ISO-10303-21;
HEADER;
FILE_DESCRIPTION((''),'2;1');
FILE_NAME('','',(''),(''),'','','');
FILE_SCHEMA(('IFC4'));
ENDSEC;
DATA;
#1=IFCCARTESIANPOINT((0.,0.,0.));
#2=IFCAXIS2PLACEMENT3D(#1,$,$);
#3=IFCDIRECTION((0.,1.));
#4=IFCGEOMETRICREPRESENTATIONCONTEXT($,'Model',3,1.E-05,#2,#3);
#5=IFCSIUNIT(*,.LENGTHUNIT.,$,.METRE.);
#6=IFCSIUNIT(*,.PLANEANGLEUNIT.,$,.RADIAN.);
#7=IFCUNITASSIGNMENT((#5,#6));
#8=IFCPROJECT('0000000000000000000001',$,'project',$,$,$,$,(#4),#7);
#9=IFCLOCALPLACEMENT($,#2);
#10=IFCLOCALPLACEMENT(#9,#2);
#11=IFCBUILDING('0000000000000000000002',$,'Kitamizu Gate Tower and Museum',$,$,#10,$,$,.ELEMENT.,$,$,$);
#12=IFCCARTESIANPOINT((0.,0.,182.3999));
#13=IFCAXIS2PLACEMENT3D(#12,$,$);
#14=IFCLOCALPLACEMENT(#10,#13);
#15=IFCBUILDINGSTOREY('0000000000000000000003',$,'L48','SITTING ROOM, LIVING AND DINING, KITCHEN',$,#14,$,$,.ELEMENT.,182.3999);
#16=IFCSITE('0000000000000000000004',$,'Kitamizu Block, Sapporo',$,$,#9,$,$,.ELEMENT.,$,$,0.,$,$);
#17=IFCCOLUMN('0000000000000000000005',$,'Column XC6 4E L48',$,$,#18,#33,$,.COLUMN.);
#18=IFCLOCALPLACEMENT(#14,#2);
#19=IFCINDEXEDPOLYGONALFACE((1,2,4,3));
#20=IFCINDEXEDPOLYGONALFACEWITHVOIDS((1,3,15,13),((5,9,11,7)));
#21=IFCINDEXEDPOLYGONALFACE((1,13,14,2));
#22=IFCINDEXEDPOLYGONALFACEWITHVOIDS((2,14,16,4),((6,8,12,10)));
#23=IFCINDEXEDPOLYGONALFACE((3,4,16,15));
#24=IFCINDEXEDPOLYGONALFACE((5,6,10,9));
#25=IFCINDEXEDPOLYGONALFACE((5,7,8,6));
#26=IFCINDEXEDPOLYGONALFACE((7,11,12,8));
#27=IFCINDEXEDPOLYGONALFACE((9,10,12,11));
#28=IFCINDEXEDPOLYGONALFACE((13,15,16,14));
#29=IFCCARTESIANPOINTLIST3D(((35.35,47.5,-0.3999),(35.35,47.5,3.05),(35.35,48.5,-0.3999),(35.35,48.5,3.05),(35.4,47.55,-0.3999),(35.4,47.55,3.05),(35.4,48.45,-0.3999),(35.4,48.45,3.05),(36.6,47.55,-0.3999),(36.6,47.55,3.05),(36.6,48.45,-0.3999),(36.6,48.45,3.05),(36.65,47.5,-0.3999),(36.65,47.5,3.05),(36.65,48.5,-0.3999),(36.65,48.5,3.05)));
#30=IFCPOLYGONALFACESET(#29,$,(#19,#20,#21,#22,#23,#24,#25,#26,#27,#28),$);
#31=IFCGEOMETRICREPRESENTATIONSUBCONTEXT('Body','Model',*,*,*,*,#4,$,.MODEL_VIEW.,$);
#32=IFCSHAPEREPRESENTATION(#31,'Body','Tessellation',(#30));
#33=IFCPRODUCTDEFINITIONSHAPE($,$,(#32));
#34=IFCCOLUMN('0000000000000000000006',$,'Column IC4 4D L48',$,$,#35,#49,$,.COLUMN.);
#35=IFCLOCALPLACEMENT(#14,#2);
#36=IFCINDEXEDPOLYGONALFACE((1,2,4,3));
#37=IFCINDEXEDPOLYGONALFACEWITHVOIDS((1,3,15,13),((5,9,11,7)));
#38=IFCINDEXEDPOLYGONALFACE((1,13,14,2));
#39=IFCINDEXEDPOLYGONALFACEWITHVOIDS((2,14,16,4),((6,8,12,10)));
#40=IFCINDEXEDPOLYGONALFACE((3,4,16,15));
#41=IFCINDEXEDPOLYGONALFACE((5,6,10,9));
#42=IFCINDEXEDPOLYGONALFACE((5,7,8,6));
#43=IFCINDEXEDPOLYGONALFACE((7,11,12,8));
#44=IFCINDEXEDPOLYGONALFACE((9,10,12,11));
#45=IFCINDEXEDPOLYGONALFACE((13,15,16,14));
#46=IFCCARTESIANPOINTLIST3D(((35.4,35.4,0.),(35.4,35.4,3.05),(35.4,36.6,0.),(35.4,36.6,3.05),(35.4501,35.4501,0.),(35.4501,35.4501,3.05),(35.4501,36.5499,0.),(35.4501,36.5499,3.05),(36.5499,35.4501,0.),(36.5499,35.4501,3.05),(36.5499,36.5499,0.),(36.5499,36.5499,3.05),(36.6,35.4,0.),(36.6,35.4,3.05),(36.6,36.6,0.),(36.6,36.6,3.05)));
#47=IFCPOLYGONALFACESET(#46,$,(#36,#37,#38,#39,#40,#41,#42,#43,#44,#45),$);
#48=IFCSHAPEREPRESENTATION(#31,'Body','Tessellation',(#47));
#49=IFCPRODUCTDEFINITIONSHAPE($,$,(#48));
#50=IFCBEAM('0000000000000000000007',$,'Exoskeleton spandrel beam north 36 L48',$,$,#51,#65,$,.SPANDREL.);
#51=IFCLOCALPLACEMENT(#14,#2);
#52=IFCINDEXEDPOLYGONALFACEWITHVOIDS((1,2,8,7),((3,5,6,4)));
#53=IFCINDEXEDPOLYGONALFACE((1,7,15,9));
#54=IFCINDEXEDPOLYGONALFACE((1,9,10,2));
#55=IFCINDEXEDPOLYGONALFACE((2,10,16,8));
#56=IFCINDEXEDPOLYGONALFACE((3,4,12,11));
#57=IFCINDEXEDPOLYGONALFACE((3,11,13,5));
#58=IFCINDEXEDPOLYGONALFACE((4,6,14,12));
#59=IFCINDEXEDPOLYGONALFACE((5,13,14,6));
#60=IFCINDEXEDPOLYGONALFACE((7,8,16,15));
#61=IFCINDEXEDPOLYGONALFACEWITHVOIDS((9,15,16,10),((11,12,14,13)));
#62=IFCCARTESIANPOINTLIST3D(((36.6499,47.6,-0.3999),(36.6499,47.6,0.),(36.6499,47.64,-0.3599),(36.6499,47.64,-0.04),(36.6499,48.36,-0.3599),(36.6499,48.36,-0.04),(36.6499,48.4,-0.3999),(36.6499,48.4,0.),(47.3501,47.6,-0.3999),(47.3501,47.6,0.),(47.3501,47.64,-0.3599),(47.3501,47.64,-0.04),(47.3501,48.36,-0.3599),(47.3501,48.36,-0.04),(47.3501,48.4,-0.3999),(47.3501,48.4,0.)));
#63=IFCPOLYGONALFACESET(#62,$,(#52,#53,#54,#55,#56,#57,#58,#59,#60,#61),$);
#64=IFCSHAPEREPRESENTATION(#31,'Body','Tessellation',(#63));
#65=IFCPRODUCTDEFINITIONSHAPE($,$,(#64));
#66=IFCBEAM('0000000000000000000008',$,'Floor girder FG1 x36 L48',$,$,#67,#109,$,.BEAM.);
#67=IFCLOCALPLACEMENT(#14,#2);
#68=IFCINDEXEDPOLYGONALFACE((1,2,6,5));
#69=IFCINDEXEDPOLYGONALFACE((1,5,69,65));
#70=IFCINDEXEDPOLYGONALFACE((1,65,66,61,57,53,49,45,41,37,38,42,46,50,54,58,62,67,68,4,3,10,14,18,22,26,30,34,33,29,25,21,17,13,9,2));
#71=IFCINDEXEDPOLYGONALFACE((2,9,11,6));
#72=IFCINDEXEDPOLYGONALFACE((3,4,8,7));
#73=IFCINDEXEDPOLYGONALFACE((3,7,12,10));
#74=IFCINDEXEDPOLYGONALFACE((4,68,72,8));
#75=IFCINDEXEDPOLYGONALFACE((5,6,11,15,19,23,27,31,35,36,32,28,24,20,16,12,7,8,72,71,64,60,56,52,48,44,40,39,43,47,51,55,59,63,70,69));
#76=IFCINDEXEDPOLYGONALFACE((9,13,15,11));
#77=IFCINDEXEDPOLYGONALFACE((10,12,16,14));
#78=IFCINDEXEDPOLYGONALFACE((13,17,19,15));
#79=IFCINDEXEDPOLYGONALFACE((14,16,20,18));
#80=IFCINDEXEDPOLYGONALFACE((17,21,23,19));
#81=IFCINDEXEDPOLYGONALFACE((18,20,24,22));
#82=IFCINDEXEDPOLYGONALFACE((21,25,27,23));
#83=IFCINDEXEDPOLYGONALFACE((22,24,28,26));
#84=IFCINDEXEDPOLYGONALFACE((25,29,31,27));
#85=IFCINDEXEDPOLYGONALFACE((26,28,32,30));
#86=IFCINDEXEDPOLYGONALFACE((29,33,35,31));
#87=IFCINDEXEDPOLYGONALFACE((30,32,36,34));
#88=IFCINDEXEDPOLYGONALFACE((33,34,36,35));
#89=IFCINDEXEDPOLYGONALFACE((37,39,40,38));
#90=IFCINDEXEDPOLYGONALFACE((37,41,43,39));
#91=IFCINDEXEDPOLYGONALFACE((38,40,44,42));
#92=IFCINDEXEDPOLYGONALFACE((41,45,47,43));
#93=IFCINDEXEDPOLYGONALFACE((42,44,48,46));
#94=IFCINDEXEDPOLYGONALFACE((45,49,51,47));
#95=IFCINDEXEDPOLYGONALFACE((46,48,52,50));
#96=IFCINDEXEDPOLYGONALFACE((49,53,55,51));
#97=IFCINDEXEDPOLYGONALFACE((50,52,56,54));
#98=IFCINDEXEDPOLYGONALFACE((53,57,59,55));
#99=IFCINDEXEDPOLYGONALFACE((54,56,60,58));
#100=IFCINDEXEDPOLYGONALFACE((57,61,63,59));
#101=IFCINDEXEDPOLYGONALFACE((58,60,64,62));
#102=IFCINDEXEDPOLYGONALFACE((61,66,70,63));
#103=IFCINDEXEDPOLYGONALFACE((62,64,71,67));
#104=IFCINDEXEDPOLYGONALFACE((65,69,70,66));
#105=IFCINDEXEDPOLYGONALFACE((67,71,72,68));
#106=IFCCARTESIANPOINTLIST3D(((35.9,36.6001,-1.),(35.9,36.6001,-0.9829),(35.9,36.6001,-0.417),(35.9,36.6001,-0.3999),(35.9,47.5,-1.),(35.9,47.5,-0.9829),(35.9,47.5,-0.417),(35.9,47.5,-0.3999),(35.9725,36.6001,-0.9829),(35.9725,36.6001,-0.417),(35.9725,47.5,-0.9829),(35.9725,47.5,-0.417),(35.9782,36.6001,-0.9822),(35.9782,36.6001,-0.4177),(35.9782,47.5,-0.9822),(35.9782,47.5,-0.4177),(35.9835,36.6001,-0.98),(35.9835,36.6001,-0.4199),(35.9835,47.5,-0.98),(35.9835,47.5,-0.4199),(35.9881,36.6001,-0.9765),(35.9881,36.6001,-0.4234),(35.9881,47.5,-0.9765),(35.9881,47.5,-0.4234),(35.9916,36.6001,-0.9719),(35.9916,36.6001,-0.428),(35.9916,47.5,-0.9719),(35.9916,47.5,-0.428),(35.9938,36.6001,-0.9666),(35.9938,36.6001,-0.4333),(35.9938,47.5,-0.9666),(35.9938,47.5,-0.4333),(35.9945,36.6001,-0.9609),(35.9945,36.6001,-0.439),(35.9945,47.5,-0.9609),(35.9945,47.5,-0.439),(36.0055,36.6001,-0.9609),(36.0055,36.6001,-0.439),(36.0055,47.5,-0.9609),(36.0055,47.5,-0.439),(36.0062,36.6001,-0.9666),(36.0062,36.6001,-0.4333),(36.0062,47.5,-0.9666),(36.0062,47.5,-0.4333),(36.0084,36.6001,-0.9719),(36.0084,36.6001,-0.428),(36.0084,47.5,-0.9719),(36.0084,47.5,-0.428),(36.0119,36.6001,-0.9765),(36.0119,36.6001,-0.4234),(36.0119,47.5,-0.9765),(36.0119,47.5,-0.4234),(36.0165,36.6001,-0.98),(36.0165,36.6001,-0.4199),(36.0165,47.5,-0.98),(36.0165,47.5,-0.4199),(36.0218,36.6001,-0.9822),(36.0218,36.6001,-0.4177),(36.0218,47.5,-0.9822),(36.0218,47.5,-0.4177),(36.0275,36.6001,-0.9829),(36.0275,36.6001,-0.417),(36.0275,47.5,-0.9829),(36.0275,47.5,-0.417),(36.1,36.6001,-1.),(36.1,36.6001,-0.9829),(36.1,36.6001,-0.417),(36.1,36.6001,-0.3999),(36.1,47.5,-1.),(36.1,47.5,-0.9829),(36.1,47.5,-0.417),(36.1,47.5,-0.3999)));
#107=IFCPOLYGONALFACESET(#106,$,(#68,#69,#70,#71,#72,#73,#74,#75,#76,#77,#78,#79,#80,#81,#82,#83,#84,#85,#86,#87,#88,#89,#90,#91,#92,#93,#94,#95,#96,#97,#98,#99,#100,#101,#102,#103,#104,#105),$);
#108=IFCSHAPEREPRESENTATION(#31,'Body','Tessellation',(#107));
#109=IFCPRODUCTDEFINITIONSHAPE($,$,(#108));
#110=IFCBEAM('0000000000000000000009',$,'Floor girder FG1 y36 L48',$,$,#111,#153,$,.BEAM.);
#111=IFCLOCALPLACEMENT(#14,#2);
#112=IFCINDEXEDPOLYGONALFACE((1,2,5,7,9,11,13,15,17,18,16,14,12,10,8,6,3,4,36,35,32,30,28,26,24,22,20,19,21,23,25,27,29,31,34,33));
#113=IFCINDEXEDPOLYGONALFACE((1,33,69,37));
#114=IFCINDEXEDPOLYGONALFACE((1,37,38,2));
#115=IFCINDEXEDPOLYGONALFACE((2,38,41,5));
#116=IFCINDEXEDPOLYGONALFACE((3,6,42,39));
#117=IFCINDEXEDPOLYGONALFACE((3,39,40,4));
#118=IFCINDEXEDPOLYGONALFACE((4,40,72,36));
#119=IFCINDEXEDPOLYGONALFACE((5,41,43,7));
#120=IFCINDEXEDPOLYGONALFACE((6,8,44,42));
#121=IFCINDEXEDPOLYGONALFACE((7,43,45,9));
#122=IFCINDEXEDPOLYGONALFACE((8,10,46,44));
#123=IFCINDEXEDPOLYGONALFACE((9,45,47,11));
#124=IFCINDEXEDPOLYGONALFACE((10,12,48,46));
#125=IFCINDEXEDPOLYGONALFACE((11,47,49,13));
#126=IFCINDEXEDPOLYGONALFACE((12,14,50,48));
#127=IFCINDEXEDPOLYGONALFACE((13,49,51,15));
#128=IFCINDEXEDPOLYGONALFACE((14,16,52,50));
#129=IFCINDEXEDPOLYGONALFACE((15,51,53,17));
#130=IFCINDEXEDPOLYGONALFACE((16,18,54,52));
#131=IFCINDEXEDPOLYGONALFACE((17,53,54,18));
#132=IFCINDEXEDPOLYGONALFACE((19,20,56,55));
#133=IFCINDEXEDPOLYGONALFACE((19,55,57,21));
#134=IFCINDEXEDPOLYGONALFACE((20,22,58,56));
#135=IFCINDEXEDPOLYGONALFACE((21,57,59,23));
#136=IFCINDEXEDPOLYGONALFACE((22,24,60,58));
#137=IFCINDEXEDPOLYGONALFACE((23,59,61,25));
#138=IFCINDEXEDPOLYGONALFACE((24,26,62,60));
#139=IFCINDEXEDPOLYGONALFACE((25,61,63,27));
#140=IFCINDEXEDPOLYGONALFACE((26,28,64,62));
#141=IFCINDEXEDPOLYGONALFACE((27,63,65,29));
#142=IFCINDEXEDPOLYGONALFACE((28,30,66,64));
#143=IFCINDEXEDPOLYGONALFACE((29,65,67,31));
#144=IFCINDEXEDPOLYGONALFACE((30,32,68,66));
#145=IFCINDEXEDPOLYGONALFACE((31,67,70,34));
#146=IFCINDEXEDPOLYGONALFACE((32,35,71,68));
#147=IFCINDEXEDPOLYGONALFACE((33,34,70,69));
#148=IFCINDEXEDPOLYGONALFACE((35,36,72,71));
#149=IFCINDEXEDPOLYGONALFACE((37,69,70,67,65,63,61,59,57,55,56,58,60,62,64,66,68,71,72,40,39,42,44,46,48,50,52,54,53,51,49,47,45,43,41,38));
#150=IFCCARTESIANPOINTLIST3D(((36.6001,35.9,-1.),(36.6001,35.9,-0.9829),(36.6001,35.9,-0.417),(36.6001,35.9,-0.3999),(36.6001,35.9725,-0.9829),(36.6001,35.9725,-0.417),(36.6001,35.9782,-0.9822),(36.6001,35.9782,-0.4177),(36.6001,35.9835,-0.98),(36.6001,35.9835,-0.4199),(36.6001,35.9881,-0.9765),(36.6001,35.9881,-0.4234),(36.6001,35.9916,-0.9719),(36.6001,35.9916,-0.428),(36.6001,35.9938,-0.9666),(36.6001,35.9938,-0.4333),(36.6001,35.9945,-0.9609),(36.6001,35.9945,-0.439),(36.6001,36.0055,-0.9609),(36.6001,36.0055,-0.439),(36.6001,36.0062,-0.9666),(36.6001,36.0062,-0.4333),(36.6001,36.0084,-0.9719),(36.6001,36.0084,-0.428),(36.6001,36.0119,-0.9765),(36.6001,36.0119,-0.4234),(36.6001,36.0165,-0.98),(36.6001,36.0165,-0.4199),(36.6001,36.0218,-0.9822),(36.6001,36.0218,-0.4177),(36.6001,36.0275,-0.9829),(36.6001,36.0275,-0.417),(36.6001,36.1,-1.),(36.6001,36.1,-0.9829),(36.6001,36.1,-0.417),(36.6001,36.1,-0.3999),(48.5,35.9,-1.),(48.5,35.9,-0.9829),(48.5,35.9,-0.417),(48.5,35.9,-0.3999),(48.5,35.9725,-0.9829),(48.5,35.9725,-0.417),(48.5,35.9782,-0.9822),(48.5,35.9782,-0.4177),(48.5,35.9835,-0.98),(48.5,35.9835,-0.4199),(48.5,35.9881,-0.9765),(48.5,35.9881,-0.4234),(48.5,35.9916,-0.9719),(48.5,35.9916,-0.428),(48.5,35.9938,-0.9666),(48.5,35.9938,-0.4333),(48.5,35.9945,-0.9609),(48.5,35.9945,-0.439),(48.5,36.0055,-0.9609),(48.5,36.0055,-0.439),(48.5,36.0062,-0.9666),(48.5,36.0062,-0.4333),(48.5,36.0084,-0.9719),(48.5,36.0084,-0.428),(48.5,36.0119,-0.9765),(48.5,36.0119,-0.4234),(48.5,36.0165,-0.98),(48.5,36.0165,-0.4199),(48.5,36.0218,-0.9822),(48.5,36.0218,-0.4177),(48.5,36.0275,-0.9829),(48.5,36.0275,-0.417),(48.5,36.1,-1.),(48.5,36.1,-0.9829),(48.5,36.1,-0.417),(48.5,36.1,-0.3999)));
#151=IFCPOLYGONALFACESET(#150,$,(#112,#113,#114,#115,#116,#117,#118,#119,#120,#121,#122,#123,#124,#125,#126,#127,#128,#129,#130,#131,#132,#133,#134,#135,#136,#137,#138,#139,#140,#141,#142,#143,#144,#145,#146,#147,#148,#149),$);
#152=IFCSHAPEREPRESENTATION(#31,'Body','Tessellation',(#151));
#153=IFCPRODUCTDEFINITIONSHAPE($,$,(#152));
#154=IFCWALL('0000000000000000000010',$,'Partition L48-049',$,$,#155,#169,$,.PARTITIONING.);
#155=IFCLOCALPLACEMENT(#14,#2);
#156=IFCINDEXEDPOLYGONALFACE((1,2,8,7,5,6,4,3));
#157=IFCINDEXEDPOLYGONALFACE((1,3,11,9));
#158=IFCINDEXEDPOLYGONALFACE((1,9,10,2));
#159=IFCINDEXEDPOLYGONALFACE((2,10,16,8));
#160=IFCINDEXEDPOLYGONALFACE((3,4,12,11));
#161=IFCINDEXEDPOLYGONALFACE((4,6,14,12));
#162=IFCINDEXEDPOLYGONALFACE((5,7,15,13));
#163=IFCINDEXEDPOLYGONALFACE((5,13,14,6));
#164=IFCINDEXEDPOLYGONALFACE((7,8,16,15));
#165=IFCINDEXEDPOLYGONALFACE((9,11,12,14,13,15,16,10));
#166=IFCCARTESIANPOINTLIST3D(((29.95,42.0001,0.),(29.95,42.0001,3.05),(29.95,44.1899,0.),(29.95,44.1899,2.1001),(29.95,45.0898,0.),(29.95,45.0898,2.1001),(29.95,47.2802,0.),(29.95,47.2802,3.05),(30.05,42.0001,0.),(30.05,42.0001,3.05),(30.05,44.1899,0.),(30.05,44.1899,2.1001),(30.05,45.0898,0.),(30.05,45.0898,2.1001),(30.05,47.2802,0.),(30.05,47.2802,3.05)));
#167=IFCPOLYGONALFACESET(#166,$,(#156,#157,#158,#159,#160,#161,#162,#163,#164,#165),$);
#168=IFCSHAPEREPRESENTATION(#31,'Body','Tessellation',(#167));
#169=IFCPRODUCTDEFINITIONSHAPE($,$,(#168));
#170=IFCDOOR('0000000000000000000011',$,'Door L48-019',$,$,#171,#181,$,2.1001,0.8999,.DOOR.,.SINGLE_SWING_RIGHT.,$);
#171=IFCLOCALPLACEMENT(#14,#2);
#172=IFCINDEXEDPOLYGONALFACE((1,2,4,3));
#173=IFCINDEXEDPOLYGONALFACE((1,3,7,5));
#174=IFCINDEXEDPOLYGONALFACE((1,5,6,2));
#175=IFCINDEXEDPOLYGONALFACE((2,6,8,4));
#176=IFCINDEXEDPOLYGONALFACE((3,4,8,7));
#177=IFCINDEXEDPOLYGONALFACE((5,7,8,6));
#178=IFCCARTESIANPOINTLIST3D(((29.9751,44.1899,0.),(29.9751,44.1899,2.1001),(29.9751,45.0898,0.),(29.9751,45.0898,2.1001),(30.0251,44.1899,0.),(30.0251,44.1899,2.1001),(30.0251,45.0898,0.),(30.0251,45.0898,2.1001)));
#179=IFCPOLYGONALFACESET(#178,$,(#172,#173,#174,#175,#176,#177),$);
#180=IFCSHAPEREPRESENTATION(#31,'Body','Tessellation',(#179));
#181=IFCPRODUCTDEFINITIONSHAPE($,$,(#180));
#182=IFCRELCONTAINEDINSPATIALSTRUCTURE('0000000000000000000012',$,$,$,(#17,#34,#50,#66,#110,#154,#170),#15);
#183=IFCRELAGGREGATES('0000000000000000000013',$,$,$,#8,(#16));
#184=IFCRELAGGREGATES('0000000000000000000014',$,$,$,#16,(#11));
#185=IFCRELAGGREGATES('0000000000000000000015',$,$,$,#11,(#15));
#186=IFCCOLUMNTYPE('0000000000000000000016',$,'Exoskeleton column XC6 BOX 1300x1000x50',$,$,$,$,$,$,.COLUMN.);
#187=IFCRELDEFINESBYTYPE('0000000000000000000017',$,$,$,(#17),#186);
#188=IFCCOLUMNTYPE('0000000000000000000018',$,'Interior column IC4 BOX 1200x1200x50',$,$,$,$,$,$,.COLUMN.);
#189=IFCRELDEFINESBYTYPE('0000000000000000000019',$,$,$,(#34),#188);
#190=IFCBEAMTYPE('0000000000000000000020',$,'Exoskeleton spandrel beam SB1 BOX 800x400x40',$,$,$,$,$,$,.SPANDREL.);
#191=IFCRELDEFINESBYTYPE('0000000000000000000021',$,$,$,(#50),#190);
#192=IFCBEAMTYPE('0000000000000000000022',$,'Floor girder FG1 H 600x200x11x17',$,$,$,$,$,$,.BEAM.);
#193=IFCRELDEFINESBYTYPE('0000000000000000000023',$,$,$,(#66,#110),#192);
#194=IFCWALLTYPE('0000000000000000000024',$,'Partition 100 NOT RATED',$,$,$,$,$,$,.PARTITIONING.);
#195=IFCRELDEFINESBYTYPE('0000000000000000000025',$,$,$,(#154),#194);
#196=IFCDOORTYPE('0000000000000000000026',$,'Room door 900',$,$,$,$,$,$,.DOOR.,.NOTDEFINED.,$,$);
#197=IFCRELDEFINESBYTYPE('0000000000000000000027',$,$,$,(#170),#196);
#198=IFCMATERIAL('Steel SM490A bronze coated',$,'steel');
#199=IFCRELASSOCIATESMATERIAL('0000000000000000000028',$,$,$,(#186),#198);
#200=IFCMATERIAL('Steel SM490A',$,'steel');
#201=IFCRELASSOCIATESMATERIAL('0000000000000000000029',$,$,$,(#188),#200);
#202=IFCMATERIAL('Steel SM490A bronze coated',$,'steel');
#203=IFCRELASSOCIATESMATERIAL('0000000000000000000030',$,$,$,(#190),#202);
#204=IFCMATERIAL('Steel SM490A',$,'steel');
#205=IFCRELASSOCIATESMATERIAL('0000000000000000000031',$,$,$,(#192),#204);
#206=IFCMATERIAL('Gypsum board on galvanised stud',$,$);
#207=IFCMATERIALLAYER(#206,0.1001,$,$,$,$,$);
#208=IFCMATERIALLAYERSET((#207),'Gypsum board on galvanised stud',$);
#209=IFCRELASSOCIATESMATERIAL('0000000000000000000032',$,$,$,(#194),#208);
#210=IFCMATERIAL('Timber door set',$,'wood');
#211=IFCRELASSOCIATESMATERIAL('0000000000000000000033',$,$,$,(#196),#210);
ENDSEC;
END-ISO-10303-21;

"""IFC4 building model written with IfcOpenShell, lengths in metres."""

from ifc_helpers import new_model, si_unit, direction, frame, frame_2d, origin, origin_2d, place, context, subcontext, project, spatial, rectangle, hollow_rectangle, i_section, extrude, material, layer, layer_set, material_profile, profile_set, type_object, element, fill, save


model = new_model("IFC4")

# Units and contexts
model_context = context("Model", 3, precision=1e-05, world=origin(), true_north=direction((0.0, 1.0)))
body_context = subcontext(model_context, "Body", "Model", "MODEL_VIEW")
ifc_project = project(units=[si_unit("LENGTHUNIT", "METRE"), si_unit("PLANEANGLEUNIT", "RADIAN")], contexts=[model_context])

# Site, building, storey
site_placement = place(None, origin())
site = spatial("IfcSite", under=ifc_project, at=site_placement, Name="Kitamizu Block, Sapporo", CompositionType="ELEMENT", RefElevation=0.0)
building_placement = place(site_placement, origin())
building = spatial("IfcBuilding", under=site, at=building_placement, Name="Kitamizu Gate Tower and Museum", CompositionType="ELEMENT")
storey_placement = place(building_placement, frame((0.0, 0.0, 182.3999)))
storey = spatial("IfcBuildingStorey", under=building, at=storey_placement, Name="L48", Description="SITTING ROOM, LIVING AND DINING, KITCHEN", CompositionType="ELEMENT", Elevation=182.3999)

# Columns
ifc_material_1 = material(Name="Steel SM490A bronze coated", Category="steel")
ifc_material_profile_1 = material_profile(ifc_material_1, hollow_rectangle(XDim=1.3, YDim=1.0, WallThickness=0.05, at=origin_2d()), Name="BOX 1300x1000x50")
ifc_profile_set_1 = profile_set([ifc_material_profile_1], Name="Steel SM490A bronze coated")
column_type_1 = type_object("IfcColumnType", Name="Exoskeleton column XC6 BOX 1300x1000x50", PredefinedType="COLUMN", material=ifc_profile_set_1)
column_1_placement = place(storey_placement, frame((36.0, 48.0, -0.3999), z_axis=(0.0, 0.0, 1.0), x_axis=(1.0, 0.0, 0.0)))
element("IfcColumn", 1, at=column_1_placement, inside=storey, type_object=column_type_1, Name="Column XC6 4E L48", PredefinedType="COLUMN", context=body_context, shape_type="SweptSolid", body=[
    extrude(hollow_rectangle(XDim=1.3, YDim=1.0, WallThickness=0.05, at=origin_2d()), origin(), (0.0, 0.0, 1.0), 3.45),
])
ifc_material_2 = material(Name="Steel SM490A", Category="steel")
ifc_material_profile_2 = material_profile(ifc_material_2, hollow_rectangle(XDim=1.2, YDim=1.2, WallThickness=0.05, at=origin_2d()), Name="BOX 1200x1200x50")
ifc_profile_set_2 = profile_set([ifc_material_profile_2], Name="Steel SM490A")
column_type_2 = type_object("IfcColumnType", Name="Interior column IC4 BOX 1200x1200x50", PredefinedType="COLUMN", material=ifc_profile_set_2)
column_2_placement = place(storey_placement, frame((36.0, 36.0, 0.0), z_axis=(0.0, 0.0, 1.0), x_axis=(1.0, 0.0, 0.0)))
element("IfcColumn", 2, at=column_2_placement, inside=storey, type_object=column_type_2, Name="Column IC4 4D L48", PredefinedType="COLUMN", context=body_context, shape_type="SweptSolid", body=[
    extrude(hollow_rectangle(XDim=1.2, YDim=1.2, WallThickness=0.05, at=origin_2d()), origin(), (0.0, 0.0, 1.0), 3.05),
])

# Beams
ifc_material_3 = material(Name="Steel SM490A bronze coated", Category="steel")
ifc_material_profile_3 = material_profile(ifc_material_3, hollow_rectangle(XDim=0.8, YDim=0.3999, WallThickness=0.04, at=origin_2d()), Name="BOX 800x400x40")
ifc_profile_set_3 = profile_set([ifc_material_profile_3], Name="Steel SM490A bronze coated")
beam_type_1 = type_object("IfcBeamType", Name="Exoskeleton spandrel beam SB1 BOX 800x400x40", PredefinedType="SPANDREL", material=ifc_profile_set_3)
beam_1_placement = place(storey_placement, frame((36.6499, 48.0, -0.2), z_axis=(1.0, 0.0, 0.0), x_axis=(0.0, 1.0, 0.0)))
element("IfcBeam", 3, at=beam_1_placement, inside=storey, type_object=beam_type_1, Name="Exoskeleton spandrel beam north 36 L48", PredefinedType="SPANDREL", context=body_context, shape_type="SweptSolid", body=[
    extrude(hollow_rectangle(XDim=0.8, YDim=0.3999, WallThickness=0.04, at=origin_2d()), origin(), (0.0, 0.0, 1.0), 10.7002),
])
ifc_material_4 = material(Name="Steel SM490A", Category="steel")
ifc_material_profile_4 = material_profile(ifc_material_4, i_section(OverallWidth=0.2, OverallDepth=0.6001, WebThickness=0.011, FlangeThickness=0.0171, FilletRadius=0.022, at=origin_2d()), Name="H-600x200x11x17")
ifc_profile_set_4 = profile_set([ifc_material_profile_4], Name="Steel SM490A")
beam_type_2 = type_object("IfcBeamType", Name="Floor girder FG1 H 600x200x11x17", PredefinedType="BEAM", material=ifc_profile_set_4)
beam_2_placement = place(storey_placement, frame((36.0, 36.6001, -0.7), z_axis=(0.0, 1.0, 0.0), x_axis=(-1.0, 0.0, 0.0)))
element("IfcBeam", 4, at=beam_2_placement, inside=storey, type_object=beam_type_2, Name="Floor girder FG1 x36 L48", PredefinedType="BEAM", context=body_context, shape_type="SweptSolid", body=[
    extrude(i_section(OverallWidth=0.2, OverallDepth=0.6001, WebThickness=0.011, FlangeThickness=0.0171, FilletRadius=0.022, at=origin_2d()), origin(), (0.0, 0.0, 1.0), 10.8999),
])
beam_3_placement = place(storey_placement, frame((36.6001, 36.0, -0.7), z_axis=(1.0, 0.0, 0.0), x_axis=(0.0, 1.0, 0.0)))
element("IfcBeam", 5, at=beam_3_placement, inside=storey, type_object=beam_type_2, Name="Floor girder FG1 y36 L48", PredefinedType="BEAM", context=body_context, shape_type="SweptSolid", body=[
    extrude(i_section(OverallWidth=0.2, OverallDepth=0.6001, WebThickness=0.011, FlangeThickness=0.0171, FilletRadius=0.022, at=origin_2d()), origin(), (0.0, 0.0, 1.0), 11.8999),
])

# Wall, opening, door
ifc_material_5 = material(Name="Gypsum board on galvanised stud")
ifc_layer_1 = layer(ifc_material_5, 0.1001)
ifc_layer_set_1 = layer_set([ifc_layer_1], Name="Gypsum board on galvanised stud")
wall_type_1 = type_object("IfcWallType", Name="Partition 100 NOT RATED", PredefinedType="PARTITIONING", material=ifc_layer_set_1)
wall_1_placement = place(storey_placement, frame((30.0, 42.0, 0.0), z_axis=(0.0, 0.0, 1.0), x_axis=(0.0, 1.0, 0.0)))
wall_1 = element("IfcWall", 6, at=wall_1_placement, inside=storey, type_object=wall_type_1, Name="Partition L48-049", PredefinedType="PARTITIONING", context=body_context, shape_type="SweptSolid", body=[
    extrude(rectangle(XDim=5.28, YDim=0.1001, at=frame_2d((2.6401, 0.0))), origin(), (0.0, 0.0, 1.0), 3.05),
])
opening_1_placement = place(wall_1_placement, frame((2.1899, 0.0, 0.0)))
opening_1 = element("IfcOpeningElement", 7, at=opening_1_placement, cuts=wall_1, PredefinedType="OPENING", context=body_context, shape_type="SweptSolid", body=[
    extrude(rectangle(XDim=0.8999, YDim=2.1001, at=frame_2d((0.45, 1.05))), frame((0.0, 0.0601, 0.0), z_axis=(0.0, -1.0, 0.0), x_axis=(1.0, 0.0, 0.0)), (0.0, 0.0, 1.0), 0.1201),
])
ifc_material_6 = material(Name="Timber door set", Category="wood")
door_type_1 = type_object("IfcDoorType", Name="Room door 900", OperationType="NOTDEFINED", PredefinedType="DOOR", material=ifc_material_6)
door_1_placement = place(opening_1_placement, origin())
door_1 = element("IfcDoor", 8, at=door_1_placement, inside=storey, type_object=door_type_1, Name="Door L48-019", OperationType="SINGLE_SWING_RIGHT", OverallHeight=2.1001, OverallWidth=0.8999, PredefinedType="DOOR", context=body_context, shape_type="SweptSolid", body=[
    extrude(rectangle(XDim=0.8999, YDim=2.1001, at=frame_2d((0.45, 1.05))), frame((0.0, 0.0249, 0.0), z_axis=(0.0, -1.0, 0.0), x_axis=(1.0, 0.0, 0.0)), (0.0, 0.0, 1.0), 0.05),
])
fill(opening_1, door_1)

save(model, "model.ifc")
